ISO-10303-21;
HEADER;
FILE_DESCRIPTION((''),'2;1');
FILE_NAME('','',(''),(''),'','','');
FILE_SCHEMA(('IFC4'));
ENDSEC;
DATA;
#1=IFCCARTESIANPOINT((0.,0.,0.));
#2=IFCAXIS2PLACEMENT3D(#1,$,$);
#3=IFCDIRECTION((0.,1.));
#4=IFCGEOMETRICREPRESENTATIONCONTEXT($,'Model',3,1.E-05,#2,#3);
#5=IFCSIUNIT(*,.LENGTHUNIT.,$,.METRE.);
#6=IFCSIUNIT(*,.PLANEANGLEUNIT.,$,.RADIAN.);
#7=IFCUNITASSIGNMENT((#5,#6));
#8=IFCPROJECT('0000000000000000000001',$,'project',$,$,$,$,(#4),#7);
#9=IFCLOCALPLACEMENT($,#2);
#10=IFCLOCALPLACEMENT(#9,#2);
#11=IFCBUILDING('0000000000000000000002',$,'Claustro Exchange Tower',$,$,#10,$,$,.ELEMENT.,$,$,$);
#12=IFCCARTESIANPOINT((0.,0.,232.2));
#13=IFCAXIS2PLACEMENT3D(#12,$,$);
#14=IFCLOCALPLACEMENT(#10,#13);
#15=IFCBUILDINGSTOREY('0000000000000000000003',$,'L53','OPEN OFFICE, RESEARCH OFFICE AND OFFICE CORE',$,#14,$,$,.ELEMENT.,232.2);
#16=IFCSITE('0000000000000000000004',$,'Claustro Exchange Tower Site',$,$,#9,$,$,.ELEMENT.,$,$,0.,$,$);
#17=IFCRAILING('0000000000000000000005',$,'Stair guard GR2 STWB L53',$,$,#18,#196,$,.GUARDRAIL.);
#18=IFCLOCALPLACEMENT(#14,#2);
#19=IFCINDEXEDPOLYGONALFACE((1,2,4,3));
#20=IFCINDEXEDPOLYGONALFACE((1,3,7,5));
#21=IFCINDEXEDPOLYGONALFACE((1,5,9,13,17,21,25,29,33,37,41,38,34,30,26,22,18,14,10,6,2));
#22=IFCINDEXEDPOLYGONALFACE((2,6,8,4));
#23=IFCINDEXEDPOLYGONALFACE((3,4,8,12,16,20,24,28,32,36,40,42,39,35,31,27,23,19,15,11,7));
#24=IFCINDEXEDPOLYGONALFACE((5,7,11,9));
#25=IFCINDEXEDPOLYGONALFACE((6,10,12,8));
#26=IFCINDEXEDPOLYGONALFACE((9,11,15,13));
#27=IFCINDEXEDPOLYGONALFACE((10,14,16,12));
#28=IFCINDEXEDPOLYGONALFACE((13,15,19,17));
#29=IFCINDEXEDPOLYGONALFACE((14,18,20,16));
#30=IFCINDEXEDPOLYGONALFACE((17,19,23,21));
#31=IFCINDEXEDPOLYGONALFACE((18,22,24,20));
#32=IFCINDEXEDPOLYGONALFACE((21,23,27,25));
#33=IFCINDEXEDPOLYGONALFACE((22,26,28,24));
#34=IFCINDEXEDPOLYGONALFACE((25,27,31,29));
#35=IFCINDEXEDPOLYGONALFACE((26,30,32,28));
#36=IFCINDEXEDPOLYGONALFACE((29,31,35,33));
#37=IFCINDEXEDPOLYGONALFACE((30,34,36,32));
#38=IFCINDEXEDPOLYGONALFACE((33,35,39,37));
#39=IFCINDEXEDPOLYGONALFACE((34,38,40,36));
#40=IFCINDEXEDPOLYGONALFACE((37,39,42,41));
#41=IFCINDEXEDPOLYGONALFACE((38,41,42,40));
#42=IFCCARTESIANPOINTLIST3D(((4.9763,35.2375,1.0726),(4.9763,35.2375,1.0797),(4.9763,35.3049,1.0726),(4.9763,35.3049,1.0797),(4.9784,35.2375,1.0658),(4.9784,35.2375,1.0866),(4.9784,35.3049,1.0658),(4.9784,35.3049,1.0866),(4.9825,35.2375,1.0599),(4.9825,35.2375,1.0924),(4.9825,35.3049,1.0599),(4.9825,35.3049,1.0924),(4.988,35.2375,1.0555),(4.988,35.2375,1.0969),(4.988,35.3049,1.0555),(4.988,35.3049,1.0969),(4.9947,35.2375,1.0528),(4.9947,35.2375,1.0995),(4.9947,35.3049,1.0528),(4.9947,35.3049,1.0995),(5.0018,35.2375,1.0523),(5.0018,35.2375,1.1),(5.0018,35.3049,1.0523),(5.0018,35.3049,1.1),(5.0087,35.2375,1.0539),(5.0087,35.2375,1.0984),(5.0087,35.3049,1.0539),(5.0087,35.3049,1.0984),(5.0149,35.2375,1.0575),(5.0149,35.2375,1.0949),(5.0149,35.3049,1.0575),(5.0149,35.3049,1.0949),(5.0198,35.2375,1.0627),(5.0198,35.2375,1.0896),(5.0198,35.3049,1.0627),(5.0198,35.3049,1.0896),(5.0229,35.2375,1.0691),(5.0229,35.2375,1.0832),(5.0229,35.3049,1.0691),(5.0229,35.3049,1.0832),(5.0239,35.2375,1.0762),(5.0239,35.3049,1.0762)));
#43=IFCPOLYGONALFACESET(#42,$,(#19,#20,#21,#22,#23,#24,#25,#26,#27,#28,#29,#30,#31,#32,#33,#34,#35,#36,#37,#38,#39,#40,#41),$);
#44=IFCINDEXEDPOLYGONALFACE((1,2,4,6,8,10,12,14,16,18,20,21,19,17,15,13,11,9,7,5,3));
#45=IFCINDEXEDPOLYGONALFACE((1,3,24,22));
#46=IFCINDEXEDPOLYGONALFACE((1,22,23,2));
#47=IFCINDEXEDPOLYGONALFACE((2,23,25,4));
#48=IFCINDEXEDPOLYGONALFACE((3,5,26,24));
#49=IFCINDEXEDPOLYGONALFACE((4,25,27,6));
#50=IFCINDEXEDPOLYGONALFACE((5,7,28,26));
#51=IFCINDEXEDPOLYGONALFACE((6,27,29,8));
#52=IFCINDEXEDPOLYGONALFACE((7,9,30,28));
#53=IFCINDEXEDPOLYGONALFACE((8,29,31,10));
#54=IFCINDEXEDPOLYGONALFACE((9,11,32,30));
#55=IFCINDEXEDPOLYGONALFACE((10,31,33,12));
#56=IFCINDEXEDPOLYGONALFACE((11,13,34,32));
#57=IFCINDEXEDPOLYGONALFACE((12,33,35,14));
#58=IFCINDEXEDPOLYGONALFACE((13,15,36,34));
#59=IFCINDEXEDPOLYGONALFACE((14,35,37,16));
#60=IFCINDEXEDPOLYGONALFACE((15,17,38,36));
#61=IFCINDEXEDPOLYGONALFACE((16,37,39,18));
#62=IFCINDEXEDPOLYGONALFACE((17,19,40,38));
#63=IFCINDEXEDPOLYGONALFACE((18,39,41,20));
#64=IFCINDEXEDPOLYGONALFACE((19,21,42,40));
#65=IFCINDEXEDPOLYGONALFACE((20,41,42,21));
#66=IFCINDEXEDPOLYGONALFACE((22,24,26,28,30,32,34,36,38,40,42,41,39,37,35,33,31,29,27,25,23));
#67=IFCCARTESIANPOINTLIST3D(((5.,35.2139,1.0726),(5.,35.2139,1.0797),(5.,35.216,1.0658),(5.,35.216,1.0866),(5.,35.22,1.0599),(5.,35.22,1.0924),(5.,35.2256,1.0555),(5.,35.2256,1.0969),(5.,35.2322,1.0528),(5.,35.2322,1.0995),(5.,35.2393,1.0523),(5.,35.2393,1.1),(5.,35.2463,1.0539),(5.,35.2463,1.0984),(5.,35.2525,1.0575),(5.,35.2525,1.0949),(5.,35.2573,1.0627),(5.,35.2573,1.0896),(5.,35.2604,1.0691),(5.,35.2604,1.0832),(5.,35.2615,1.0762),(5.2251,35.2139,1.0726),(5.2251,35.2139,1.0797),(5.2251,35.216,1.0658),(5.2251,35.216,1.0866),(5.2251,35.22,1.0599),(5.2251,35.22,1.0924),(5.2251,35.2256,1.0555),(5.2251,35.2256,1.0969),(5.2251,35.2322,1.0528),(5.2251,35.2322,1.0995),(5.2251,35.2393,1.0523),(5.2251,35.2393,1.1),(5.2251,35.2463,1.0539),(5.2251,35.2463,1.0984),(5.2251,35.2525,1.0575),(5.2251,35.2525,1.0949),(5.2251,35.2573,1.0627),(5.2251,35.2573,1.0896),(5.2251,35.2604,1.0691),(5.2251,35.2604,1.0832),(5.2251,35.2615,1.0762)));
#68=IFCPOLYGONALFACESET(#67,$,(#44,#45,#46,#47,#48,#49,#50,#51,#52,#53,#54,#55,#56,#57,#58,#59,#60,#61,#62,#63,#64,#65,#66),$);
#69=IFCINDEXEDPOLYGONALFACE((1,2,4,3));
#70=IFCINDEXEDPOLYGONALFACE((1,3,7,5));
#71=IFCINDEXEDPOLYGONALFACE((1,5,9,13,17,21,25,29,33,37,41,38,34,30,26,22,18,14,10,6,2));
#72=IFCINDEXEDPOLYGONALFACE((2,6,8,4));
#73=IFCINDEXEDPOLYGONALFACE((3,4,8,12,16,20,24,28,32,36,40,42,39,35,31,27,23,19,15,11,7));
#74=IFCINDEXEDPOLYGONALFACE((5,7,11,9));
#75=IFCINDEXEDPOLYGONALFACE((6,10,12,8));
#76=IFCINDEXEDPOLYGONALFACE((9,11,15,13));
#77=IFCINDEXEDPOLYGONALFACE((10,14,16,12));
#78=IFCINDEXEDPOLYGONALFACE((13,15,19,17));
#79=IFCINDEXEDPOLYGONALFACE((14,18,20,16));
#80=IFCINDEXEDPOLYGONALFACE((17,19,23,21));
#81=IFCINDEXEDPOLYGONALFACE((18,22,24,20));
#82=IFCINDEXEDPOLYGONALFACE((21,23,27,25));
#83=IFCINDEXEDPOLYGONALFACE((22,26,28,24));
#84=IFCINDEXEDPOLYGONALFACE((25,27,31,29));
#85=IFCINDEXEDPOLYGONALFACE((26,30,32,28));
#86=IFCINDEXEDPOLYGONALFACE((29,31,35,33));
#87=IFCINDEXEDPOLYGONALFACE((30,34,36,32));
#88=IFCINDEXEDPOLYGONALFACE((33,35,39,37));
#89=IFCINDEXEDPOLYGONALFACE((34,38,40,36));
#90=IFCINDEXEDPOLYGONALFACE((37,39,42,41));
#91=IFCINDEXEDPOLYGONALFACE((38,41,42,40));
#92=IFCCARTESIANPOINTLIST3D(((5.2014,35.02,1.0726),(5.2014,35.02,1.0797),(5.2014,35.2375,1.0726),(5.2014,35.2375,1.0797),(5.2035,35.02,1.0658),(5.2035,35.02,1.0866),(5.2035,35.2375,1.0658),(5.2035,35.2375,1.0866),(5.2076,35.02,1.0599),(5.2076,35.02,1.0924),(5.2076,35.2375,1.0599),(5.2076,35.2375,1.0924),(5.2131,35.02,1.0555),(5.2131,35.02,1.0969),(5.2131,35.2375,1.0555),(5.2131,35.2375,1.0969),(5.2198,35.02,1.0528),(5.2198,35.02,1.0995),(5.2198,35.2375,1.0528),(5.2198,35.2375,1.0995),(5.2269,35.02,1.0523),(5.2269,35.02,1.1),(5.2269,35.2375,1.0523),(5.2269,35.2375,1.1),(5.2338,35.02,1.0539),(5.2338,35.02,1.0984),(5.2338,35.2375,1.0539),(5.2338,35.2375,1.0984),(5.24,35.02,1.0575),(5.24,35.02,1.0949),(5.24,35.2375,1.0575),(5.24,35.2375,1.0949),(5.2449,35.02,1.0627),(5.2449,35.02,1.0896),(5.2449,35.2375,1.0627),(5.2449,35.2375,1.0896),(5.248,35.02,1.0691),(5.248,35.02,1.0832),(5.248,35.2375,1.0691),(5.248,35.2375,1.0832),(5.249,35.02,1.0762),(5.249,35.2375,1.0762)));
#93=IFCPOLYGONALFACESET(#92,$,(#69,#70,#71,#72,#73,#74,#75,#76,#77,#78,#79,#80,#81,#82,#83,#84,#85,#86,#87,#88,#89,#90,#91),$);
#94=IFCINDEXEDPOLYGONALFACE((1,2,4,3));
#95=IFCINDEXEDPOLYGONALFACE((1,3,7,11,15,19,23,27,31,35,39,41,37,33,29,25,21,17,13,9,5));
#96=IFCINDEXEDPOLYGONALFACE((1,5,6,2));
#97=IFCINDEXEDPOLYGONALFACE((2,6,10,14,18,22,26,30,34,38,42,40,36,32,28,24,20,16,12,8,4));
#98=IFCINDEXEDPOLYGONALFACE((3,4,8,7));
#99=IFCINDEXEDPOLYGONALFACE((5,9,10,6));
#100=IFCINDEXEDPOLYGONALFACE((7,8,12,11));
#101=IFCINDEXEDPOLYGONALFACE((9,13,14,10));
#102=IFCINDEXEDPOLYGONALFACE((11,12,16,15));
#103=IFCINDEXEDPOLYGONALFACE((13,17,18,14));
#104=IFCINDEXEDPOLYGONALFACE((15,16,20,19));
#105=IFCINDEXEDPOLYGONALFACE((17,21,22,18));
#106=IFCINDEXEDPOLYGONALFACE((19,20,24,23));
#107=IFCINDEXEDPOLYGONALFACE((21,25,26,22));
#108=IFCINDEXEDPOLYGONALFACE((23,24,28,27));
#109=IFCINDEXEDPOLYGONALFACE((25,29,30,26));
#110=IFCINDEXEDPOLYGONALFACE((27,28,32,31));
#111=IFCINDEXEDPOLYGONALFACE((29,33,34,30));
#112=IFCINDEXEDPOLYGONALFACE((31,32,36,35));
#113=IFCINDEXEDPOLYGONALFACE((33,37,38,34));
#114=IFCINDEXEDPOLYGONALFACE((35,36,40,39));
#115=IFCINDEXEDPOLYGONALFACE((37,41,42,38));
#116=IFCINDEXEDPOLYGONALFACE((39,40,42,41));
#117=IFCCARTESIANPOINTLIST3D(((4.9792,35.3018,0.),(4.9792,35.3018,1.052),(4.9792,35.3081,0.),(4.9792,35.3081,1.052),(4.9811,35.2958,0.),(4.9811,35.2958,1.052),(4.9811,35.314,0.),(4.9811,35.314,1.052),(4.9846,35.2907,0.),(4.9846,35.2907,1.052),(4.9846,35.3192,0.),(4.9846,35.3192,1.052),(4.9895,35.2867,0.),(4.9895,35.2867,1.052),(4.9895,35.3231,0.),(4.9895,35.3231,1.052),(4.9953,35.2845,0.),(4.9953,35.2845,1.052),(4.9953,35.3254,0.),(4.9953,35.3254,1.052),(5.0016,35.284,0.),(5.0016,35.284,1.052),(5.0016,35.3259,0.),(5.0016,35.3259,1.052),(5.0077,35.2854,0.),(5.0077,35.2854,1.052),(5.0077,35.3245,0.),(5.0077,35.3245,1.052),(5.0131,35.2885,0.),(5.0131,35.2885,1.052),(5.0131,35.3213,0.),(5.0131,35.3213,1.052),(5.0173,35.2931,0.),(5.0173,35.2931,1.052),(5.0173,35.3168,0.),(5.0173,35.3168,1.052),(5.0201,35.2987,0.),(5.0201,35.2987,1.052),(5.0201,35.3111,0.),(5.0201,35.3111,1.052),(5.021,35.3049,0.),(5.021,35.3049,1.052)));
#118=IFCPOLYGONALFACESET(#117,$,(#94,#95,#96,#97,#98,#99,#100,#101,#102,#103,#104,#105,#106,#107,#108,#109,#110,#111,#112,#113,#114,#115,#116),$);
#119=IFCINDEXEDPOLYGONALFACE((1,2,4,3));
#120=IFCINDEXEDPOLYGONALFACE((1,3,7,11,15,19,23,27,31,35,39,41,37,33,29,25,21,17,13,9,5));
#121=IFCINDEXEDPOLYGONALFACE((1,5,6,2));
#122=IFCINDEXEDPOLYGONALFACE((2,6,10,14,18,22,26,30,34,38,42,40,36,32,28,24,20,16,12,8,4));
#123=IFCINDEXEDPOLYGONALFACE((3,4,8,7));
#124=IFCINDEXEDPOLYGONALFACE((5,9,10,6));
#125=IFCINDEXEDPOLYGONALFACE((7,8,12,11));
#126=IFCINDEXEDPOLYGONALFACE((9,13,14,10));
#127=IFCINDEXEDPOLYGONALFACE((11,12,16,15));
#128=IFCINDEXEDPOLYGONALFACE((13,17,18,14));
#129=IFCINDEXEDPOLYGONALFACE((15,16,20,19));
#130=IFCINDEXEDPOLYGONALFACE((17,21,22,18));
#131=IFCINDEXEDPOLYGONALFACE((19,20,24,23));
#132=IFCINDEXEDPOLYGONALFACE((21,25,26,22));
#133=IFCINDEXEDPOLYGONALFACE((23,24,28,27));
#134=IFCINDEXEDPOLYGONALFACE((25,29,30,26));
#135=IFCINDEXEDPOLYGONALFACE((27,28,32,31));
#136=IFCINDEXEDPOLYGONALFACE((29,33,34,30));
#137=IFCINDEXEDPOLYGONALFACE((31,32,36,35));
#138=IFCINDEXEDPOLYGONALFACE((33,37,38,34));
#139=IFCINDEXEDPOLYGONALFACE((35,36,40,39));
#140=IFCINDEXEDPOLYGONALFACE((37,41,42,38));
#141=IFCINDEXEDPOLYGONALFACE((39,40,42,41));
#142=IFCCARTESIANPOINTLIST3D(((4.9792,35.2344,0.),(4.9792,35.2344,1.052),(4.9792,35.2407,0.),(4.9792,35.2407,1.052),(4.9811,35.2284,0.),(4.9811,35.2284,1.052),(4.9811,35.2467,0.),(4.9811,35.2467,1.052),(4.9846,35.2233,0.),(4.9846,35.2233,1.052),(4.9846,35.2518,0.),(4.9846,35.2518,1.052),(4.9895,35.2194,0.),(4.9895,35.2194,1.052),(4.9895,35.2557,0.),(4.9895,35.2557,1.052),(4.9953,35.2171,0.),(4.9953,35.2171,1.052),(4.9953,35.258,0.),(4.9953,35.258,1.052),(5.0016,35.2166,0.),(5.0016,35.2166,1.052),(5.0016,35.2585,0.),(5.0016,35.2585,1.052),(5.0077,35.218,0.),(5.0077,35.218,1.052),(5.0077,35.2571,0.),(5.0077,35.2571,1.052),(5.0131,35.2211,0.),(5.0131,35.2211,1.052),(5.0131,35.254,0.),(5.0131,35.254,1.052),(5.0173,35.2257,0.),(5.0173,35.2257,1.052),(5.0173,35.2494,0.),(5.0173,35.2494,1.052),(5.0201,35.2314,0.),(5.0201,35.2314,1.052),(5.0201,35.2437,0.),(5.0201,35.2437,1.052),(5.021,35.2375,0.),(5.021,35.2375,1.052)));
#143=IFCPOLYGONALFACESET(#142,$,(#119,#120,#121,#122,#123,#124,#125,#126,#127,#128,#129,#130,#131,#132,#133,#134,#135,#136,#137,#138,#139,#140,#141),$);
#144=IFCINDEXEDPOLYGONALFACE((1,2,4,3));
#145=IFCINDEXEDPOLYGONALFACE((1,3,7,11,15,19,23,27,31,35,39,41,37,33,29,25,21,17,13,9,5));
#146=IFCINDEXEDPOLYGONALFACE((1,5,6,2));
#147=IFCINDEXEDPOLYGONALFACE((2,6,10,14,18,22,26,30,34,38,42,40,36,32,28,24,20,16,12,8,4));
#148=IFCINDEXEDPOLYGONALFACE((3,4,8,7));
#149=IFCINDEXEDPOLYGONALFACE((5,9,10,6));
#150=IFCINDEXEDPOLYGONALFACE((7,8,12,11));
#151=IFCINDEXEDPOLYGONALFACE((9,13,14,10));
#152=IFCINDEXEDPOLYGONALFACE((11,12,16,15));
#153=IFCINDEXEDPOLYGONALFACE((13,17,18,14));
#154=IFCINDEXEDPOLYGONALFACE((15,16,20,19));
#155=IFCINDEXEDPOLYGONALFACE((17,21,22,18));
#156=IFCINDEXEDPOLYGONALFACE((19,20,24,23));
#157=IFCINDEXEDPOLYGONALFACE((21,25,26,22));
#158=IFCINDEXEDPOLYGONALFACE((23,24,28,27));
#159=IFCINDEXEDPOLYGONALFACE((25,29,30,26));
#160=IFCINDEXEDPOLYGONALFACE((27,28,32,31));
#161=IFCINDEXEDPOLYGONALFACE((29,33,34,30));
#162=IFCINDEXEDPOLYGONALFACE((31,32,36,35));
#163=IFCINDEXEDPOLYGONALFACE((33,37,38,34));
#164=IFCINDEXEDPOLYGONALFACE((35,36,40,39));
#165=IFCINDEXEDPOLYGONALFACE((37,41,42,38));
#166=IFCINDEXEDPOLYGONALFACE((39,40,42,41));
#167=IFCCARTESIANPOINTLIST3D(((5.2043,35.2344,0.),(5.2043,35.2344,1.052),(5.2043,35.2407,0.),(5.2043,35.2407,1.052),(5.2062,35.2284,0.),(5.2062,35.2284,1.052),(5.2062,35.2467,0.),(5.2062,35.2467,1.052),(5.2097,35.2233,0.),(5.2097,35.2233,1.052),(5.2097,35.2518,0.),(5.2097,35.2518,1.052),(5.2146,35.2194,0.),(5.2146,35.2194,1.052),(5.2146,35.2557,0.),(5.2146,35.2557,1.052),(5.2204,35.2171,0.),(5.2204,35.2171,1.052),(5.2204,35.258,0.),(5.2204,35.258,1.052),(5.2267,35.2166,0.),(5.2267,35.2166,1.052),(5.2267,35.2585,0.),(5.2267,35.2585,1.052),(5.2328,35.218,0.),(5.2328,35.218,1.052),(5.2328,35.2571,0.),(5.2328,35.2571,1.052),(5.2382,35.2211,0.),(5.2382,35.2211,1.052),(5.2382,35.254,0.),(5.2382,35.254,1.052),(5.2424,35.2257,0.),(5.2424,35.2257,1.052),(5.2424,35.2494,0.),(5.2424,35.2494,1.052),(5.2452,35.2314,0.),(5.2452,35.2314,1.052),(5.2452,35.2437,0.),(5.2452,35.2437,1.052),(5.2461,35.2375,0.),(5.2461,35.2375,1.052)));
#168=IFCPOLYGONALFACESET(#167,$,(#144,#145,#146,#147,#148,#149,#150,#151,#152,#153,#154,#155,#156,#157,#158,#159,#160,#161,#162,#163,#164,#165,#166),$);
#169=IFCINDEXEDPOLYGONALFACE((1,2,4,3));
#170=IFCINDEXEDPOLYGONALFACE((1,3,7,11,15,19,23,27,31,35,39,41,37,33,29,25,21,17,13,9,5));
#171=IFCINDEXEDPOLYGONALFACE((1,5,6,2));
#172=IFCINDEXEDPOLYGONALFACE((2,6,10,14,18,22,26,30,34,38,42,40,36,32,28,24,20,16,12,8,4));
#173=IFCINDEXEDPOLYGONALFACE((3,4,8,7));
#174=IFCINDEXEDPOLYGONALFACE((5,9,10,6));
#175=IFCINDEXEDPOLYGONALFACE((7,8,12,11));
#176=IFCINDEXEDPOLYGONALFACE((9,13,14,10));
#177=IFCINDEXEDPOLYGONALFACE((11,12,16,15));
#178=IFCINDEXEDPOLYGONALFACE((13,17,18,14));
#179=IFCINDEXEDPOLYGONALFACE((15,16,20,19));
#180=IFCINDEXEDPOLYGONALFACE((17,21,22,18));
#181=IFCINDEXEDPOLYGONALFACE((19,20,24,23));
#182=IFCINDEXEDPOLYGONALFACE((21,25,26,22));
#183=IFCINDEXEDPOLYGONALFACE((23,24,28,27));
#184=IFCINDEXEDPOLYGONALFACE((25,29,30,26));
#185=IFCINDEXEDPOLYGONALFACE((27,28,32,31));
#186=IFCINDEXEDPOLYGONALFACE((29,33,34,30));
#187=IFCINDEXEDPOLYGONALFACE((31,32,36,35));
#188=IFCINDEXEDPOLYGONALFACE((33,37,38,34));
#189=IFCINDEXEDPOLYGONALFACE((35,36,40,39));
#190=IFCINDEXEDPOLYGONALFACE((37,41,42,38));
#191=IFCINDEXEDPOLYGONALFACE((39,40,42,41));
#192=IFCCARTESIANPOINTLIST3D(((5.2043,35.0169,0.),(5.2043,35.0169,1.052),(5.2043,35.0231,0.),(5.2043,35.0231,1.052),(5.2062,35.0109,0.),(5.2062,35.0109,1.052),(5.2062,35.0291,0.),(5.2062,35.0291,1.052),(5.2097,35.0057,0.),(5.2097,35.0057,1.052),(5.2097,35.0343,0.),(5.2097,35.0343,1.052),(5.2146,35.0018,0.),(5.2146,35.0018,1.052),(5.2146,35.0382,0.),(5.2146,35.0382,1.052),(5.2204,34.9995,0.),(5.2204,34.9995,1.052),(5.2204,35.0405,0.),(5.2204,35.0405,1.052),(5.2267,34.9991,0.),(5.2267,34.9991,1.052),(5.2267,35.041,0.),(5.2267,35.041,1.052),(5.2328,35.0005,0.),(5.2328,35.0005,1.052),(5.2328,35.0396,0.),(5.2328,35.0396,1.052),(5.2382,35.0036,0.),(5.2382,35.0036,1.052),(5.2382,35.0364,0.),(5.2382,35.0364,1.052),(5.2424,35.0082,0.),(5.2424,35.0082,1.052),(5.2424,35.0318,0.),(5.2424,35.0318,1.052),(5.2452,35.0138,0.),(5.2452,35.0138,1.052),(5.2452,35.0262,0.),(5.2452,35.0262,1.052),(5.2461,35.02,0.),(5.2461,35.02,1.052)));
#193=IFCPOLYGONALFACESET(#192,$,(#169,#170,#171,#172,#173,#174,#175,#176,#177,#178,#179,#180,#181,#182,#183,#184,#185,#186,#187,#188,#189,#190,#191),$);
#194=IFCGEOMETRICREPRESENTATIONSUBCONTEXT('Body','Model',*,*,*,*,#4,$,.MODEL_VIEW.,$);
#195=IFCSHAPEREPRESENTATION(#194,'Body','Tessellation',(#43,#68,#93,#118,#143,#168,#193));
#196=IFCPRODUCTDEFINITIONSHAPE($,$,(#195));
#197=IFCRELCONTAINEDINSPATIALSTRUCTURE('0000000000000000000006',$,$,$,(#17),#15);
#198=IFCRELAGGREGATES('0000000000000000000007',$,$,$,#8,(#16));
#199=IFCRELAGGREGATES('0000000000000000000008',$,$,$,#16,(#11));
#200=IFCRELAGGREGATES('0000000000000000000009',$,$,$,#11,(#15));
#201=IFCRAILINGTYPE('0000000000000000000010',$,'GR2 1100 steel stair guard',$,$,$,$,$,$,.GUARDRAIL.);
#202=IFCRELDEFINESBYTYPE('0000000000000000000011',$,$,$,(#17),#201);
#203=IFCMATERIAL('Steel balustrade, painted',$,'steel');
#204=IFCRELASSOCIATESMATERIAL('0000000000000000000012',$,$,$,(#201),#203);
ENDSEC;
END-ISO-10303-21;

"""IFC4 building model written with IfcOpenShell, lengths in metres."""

from ifc_helpers import new_model, si_unit, direction, frame, origin, origin_2d, place, context, subcontext, project, spatial, circle, extrude, material, type_object, element, save


model = new_model("IFC4")

# Units and contexts
model_context = context("Model", 3, precision=1e-05, world=origin(), true_north=direction((0.0, 1.0)))
body_context = subcontext(model_context, "Body", "Model", "MODEL_VIEW")
ifc_project = project(units=[si_unit("LENGTHUNIT", "METRE"), si_unit("PLANEANGLEUNIT", "RADIAN")], contexts=[model_context])

# Site, building, storey
site_placement = place(None, origin())
site = spatial("IfcSite", under=ifc_project, at=site_placement, Name="Claustro Exchange Tower Site", CompositionType="ELEMENT", RefElevation=0.0)
building_placement = place(site_placement, origin())
building = spatial("IfcBuilding", under=site, at=building_placement, Name="Claustro Exchange Tower", CompositionType="ELEMENT")
storey_placement = place(building_placement, frame((0.0, 0.0, 232.2)))
storey = spatial("IfcBuildingStorey", under=building, at=storey_placement, Name="L53", Description="OPEN OFFICE, RESEARCH OFFICE AND OFFICE CORE", CompositionType="ELEMENT", Elevation=232.2)

# Railing
ifc_material_1 = material(Name="Steel balustrade, painted", Category="steel")
railing_type_1 = type_object("IfcRailingType", Name="GR2 1100 steel stair guard", PredefinedType="GUARDRAIL", material=ifc_material_1)
railing_1_placement = place(storey_placement, frame((5.0, 35.3049, 0.0)))
element("IfcRailing", 1, at=railing_1_placement, inside=storey, type_object=railing_type_1, Name="Stair guard GR2 STWB L53", PredefinedType="GUARDRAIL", context=body_context, shape_type="SweptSolid", body=[
    extrude(circle(Radius=0.0239, at=origin_2d()), frame((0.0, 0.0, 1.0762), z_axis=(0.0, -1.0, 0.0), x_axis=(1.0, 0.0, 0.0)), (0.0, 0.0, 1.0), 0.0674),
    extrude(circle(Radius=0.0239, at=origin_2d()), frame((0.0, -0.0674, 1.0762), z_axis=(1.0, 0.0, 0.0), x_axis=(0.0, 1.0, 0.0)), (0.0, 0.0, 1.0), 0.2251),
    extrude(circle(Radius=0.0239, at=origin_2d()), frame((0.2251, -0.0674, 1.0762), z_axis=(0.0, -1.0, 0.0), x_axis=(1.0, 0.0, 0.0)), (0.0, 0.0, 1.0), 0.2175),
    extrude(circle(Radius=0.021, at=origin_2d()), origin(), (0.0, 0.0, 1.0), 1.052),
    extrude(circle(Radius=0.021, at=origin_2d()), frame((0.0, -0.0674, 0.0)), (0.0, 0.0, 1.0), 1.052),
    extrude(circle(Radius=0.021, at=origin_2d()), frame((0.2251, -0.0674, 0.0)), (0.0, 0.0, 1.0), 1.052),
    extrude(circle(Radius=0.021, at=origin_2d()), frame((0.2251, -0.2849, 0.0)), (0.0, 0.0, 1.0), 1.052),
])

save(model, "model.ifc")
